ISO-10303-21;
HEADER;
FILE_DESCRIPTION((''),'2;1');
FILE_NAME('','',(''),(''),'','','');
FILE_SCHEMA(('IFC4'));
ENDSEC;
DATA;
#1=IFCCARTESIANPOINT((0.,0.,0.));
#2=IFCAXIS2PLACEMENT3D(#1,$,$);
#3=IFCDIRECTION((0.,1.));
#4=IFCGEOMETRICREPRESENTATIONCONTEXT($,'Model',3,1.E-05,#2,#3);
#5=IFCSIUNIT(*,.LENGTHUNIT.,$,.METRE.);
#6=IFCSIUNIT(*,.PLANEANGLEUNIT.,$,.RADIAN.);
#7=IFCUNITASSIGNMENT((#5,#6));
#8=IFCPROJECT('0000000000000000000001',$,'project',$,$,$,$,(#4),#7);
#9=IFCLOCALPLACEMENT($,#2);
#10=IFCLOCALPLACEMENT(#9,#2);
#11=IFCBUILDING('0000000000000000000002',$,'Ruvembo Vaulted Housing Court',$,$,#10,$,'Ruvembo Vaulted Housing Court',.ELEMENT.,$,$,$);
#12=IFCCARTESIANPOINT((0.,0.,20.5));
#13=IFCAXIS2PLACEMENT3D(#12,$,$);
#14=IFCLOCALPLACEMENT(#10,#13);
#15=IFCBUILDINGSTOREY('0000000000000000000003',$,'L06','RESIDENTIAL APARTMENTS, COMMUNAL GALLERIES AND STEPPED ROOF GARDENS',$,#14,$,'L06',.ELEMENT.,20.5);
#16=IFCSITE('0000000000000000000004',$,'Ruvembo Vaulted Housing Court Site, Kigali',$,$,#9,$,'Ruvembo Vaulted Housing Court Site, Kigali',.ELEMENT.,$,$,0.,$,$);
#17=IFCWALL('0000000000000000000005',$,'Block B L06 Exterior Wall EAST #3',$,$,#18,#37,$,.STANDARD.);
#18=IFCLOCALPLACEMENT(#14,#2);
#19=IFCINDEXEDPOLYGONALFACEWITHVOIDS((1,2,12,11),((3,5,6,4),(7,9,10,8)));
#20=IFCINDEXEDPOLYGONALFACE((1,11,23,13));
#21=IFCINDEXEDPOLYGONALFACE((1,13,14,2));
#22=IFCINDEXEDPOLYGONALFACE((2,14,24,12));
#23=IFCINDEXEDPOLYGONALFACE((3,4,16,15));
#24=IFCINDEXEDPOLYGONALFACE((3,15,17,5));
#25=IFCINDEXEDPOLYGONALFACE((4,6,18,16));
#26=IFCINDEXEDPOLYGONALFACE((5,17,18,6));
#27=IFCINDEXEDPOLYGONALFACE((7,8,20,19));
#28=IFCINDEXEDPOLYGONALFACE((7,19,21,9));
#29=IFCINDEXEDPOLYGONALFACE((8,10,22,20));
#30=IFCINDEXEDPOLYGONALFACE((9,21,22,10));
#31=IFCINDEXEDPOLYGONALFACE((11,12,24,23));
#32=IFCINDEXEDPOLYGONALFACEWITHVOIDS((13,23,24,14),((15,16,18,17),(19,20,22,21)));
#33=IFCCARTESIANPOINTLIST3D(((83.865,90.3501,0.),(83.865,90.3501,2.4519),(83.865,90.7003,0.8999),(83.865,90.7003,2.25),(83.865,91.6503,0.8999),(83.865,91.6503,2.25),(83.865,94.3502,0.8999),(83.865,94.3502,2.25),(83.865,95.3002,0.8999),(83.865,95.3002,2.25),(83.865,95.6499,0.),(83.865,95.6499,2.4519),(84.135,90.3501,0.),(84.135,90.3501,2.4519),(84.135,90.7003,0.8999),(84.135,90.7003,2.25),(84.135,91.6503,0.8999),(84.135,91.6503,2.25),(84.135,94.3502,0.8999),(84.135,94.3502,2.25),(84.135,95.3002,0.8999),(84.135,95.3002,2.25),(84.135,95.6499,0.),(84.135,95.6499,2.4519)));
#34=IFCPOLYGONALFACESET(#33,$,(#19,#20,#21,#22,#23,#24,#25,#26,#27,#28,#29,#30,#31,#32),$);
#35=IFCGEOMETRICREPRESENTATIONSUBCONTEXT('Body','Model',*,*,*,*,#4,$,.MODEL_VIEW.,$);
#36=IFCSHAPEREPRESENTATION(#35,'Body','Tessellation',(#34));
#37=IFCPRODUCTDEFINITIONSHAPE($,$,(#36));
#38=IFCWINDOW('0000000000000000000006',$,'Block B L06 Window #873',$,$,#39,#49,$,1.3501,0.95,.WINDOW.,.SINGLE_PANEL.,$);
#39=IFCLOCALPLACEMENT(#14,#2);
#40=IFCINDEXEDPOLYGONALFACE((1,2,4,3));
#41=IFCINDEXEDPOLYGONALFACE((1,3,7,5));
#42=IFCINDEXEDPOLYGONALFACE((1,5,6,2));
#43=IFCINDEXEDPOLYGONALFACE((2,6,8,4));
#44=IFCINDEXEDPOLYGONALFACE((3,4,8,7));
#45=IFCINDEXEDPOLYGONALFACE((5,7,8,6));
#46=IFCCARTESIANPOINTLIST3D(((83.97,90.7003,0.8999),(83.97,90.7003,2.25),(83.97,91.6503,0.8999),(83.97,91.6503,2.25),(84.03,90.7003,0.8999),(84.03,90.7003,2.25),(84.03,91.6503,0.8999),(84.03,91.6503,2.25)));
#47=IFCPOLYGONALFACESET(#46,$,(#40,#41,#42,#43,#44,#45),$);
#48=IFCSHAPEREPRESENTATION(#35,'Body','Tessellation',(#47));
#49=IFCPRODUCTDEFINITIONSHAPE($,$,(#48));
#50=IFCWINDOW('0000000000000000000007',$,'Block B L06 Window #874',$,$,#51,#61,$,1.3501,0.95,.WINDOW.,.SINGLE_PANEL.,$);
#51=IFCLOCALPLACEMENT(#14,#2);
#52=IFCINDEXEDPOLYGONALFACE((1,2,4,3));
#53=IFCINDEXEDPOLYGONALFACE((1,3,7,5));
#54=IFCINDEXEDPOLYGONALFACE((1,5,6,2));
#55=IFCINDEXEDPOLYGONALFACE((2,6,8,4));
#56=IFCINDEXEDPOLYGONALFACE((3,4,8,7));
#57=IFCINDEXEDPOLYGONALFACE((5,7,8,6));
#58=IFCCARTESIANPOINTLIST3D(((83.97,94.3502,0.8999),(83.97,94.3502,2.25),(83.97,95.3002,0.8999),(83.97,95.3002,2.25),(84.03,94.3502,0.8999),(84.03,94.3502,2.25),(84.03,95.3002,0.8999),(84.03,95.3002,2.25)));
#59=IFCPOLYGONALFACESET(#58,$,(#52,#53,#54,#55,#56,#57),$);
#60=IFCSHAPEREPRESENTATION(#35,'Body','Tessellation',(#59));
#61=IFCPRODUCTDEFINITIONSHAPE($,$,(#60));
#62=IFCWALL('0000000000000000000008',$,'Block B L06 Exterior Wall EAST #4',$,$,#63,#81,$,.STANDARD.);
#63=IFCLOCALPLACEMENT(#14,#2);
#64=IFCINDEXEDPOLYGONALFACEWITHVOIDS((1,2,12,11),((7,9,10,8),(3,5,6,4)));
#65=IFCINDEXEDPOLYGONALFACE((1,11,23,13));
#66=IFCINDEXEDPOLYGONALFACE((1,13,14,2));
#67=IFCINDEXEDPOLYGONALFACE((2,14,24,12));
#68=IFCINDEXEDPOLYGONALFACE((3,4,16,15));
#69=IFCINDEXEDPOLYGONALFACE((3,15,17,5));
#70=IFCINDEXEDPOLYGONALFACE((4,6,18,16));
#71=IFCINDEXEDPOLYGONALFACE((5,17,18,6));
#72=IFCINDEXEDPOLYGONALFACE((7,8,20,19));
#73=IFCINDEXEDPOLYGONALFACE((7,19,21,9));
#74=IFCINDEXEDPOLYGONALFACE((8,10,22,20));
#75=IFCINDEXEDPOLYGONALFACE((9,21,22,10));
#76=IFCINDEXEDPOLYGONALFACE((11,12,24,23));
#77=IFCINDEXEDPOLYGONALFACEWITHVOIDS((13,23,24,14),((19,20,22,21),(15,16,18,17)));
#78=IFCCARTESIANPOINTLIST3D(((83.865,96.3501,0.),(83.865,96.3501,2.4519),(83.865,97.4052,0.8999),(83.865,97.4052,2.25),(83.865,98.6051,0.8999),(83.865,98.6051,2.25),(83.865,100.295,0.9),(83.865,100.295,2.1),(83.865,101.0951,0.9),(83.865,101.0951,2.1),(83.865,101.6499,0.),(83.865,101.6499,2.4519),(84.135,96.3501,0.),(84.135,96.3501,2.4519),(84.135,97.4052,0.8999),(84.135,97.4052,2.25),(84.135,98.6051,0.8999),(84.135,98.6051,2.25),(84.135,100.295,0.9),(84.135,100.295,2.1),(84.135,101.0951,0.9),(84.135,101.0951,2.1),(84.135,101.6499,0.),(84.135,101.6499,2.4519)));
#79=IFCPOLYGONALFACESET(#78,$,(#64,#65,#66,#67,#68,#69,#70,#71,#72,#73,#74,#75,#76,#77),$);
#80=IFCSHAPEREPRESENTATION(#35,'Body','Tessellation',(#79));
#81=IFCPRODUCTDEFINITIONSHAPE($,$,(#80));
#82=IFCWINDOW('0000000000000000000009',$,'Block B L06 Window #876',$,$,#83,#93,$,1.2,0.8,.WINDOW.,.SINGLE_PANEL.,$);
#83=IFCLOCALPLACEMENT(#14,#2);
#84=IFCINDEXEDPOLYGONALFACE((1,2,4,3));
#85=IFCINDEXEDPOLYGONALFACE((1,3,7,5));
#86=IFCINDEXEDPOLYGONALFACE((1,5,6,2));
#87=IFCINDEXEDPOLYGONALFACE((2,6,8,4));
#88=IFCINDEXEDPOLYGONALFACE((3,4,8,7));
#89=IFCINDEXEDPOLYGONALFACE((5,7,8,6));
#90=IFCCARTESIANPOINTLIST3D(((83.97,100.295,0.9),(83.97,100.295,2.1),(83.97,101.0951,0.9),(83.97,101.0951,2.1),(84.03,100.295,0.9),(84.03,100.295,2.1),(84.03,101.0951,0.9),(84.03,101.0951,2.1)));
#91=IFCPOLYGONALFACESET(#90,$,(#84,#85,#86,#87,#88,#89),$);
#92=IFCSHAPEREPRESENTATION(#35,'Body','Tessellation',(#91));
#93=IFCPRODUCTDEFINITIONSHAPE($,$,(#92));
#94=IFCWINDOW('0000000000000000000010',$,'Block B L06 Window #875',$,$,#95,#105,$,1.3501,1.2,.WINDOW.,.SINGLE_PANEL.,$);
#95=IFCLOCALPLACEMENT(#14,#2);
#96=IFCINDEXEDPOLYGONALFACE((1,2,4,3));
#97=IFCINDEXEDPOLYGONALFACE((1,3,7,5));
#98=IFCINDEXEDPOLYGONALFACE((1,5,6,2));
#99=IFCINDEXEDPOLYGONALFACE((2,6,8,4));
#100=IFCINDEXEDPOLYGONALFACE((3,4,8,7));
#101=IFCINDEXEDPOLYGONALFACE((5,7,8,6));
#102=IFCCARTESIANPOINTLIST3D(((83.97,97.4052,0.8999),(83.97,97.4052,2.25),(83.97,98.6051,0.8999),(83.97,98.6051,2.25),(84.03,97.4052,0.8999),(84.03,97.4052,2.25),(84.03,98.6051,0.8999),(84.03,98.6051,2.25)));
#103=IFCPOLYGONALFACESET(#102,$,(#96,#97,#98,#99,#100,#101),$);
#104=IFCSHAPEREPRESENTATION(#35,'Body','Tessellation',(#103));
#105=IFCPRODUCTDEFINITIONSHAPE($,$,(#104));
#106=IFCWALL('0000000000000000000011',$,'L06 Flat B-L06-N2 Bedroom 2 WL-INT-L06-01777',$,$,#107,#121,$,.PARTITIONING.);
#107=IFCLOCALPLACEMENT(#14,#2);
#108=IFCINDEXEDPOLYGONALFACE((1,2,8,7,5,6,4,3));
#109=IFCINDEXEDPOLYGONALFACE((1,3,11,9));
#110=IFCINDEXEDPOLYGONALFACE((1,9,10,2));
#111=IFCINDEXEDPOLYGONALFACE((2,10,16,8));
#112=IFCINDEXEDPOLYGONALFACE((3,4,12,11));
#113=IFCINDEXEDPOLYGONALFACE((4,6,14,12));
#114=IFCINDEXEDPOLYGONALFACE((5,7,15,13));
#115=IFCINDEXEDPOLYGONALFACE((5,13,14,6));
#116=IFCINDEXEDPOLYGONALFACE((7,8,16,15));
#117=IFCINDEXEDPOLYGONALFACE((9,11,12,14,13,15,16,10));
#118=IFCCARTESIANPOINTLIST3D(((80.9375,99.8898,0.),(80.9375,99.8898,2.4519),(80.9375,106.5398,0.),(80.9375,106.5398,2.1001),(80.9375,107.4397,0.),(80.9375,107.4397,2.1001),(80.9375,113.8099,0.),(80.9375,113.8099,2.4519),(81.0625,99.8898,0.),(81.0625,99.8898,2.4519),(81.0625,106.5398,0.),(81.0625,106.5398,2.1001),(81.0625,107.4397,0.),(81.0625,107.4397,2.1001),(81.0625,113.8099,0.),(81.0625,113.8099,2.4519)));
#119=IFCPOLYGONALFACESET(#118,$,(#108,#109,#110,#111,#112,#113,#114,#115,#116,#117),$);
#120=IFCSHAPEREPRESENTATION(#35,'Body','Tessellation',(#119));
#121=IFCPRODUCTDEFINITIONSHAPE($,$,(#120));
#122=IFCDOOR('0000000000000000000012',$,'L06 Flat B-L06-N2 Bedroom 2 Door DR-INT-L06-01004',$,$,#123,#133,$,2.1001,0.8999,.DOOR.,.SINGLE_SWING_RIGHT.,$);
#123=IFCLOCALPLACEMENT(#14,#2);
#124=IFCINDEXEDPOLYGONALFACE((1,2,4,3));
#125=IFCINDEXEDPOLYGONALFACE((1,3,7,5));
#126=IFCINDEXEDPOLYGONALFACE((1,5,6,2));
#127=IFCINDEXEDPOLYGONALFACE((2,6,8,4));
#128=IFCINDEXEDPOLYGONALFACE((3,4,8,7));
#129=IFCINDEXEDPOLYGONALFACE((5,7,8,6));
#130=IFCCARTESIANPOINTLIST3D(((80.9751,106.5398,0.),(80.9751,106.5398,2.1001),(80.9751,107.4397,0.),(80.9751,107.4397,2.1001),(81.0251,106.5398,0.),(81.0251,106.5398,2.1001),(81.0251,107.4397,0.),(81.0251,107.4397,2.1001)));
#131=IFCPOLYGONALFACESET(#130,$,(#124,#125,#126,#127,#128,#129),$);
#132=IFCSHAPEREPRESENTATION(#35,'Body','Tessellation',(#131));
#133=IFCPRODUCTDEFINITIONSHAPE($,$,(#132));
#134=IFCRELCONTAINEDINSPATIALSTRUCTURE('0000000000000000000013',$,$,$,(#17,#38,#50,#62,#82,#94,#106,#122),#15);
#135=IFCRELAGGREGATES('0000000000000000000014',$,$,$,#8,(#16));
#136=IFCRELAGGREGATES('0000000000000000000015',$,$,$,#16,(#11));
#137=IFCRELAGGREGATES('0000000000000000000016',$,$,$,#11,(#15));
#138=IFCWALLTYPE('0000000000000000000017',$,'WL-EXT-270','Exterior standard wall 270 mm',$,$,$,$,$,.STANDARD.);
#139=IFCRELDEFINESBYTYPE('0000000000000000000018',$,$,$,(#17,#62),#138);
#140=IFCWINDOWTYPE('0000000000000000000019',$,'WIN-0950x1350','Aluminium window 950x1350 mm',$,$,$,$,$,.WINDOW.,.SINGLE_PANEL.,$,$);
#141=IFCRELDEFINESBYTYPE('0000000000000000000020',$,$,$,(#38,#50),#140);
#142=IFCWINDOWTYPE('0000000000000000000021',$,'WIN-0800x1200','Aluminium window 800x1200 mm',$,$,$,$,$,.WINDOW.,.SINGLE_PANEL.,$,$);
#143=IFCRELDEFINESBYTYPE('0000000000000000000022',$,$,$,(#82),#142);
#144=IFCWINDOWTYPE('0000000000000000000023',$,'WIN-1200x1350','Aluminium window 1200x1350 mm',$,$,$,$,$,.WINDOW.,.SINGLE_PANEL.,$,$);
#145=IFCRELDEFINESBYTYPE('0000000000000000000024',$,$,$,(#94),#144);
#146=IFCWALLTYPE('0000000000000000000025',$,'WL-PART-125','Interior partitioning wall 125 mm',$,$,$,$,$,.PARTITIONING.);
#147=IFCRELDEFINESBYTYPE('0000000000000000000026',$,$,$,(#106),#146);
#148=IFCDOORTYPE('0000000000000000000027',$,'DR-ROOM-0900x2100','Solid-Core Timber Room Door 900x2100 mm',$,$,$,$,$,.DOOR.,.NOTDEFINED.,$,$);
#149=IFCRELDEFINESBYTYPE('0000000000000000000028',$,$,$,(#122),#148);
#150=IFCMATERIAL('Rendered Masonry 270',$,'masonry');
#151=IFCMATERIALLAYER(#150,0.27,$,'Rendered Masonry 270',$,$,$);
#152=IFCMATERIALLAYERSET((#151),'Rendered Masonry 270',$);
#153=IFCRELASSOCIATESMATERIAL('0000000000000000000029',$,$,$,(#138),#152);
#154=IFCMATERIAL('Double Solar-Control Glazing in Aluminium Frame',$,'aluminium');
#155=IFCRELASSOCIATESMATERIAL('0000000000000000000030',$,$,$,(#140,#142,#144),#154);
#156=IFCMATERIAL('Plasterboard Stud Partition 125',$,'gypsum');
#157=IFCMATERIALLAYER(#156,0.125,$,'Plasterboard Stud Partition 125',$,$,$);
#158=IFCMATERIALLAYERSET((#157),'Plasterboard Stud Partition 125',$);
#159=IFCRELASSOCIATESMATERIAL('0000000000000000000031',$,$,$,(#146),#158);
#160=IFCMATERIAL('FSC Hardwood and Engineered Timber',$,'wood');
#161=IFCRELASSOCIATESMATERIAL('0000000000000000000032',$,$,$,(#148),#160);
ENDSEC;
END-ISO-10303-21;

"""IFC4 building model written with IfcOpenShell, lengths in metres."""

from ifc_helpers import new_model, si_unit, direction, frame, frame_2d, origin, place, context, subcontext, project, spatial, rectangle, extrude, material, layer, layer_set, type_object, element, fill, save


model = new_model("IFC4")

# Units and contexts
model_context = context("Model", 3, precision=1e-05, world=origin(), true_north=direction((0.0, 1.0)))
body_context = subcontext(model_context, "Body", "Model", "MODEL_VIEW")
ifc_project = project(units=[si_unit("LENGTHUNIT", "METRE"), si_unit("PLANEANGLEUNIT", "RADIAN")], contexts=[model_context])

# Site, building, storey
site_placement = place(None, origin())
site = spatial("IfcSite", under=ifc_project, at=site_placement, Name="Ruvembo Vaulted Housing Court Site, Kigali", LongName="Ruvembo Vaulted Housing Court Site, Kigali", CompositionType="ELEMENT", RefElevation=0.0)
building_placement = place(site_placement, origin())
building = spatial("IfcBuilding", under=site, at=building_placement, Name="Ruvembo Vaulted Housing Court", LongName="Ruvembo Vaulted Housing Court", CompositionType="ELEMENT")
storey_placement = place(building_placement, frame((0.0, 0.0, 20.5)))
storey = spatial("IfcBuildingStorey", under=building, at=storey_placement, Name="L06", Description="RESIDENTIAL APARTMENTS, COMMUNAL GALLERIES AND STEPPED ROOF GARDENS", LongName="L06", CompositionType="ELEMENT", Elevation=20.5)

# Walls, openings, windows
ifc_material_1 = material(Name="Rendered Masonry 270", Category="masonry")
ifc_layer_1 = layer(ifc_material_1, 0.27, Name="Rendered Masonry 270")
ifc_layer_set_1 = layer_set([ifc_layer_1], Name="Rendered Masonry 270")
wall_type_1 = type_object("IfcWallType", Name="WL-EXT-270", Description="Exterior standard wall 270 mm", PredefinedType="STANDARD", material=ifc_layer_set_1)
wall_1_placement = place(storey_placement, frame((84.0, 90.3501, 0.0), z_axis=(0.0, 0.0, 1.0), x_axis=(0.0, 1.0, 0.0)))
wall_1 = element("IfcWall", 1, at=wall_1_placement, inside=storey, type_object=wall_type_1, Name="Block B L06 Exterior Wall EAST #3", PredefinedType="STANDARD", context=body_context, shape_type="SweptSolid", body=[
    extrude(rectangle(XDim=5.2998, YDim=0.27, at=frame_2d((2.6499, 0.0))), origin(), (0.0, 0.0, 1.0), 2.4519),
])
opening_1_placement = place(wall_1_placement, frame((0.3501, 0.0, 0.8999)))
opening_1 = element("IfcOpeningElement", 2, at=opening_1_placement, cuts=wall_1, PredefinedType="OPENING", context=body_context, shape_type="SweptSolid", body=[
    extrude(rectangle(XDim=0.95, YDim=1.3501, at=frame_2d((0.4751, 0.675))), frame((0.0, 0.145, 0.0), z_axis=(0.0, -1.0, 0.0), x_axis=(1.0, 0.0, 0.0)), (0.0, 0.0, 1.0), 0.29),
])
opening_2_placement = place(wall_1_placement, frame((4.0, 0.0, 0.8999)))
opening_2 = element("IfcOpeningElement", 3, at=opening_2_placement, cuts=wall_1, PredefinedType="OPENING", context=body_context, shape_type="SweptSolid", body=[
    extrude(rectangle(XDim=0.95, YDim=1.3501, at=frame_2d((0.4751, 0.675))), frame((0.0, 0.145, 0.0), z_axis=(0.0, -1.0, 0.0), x_axis=(1.0, 0.0, 0.0)), (0.0, 0.0, 1.0), 0.29),
])
ifc_material_2 = material(Name="Double Solar-Control Glazing in Aluminium Frame", Category="aluminium")
window_type_1 = type_object("IfcWindowType", Name="WIN-0950x1350", Description="Aluminium window 950x1350 mm", PartitioningType="SINGLE_PANEL", PredefinedType="WINDOW", material=ifc_material_2)
window_1_placement = place(opening_1_placement, origin())
window_1 = element("IfcWindow", 4, at=window_1_placement, inside=storey, type_object=window_type_1, Name="Block B L06 Window #873", OverallHeight=1.3501, OverallWidth=0.95, PartitioningType="SINGLE_PANEL", PredefinedType="WINDOW", context=body_context, shape_type="SweptSolid", body=[
    extrude(rectangle(XDim=0.95, YDim=1.3501, at=frame_2d((0.4751, 0.675))), frame((0.0, 0.03, 0.0), z_axis=(0.0, -1.0, 0.0), x_axis=(1.0, 0.0, 0.0)), (0.0, 0.0, 1.0), 0.0601),
])
fill(opening_1, window_1)
window_2_placement = place(opening_2_placement, origin())
window_2 = element("IfcWindow", 5, at=window_2_placement, inside=storey, type_object=window_type_1, Name="Block B L06 Window #874", OverallHeight=1.3501, OverallWidth=0.95, PartitioningType="SINGLE_PANEL", PredefinedType="WINDOW", context=body_context, shape_type="SweptSolid", body=[
    extrude(rectangle(XDim=0.95, YDim=1.3501, at=frame_2d((0.4751, 0.675))), frame((0.0, 0.03, 0.0), z_axis=(0.0, -1.0, 0.0), x_axis=(1.0, 0.0, 0.0)), (0.0, 0.0, 1.0), 0.0601),
])
fill(opening_2, window_2)
wall_2_placement = place(storey_placement, frame((84.0, 96.3501, 0.0), z_axis=(0.0, 0.0, 1.0), x_axis=(0.0, 1.0, 0.0)))
wall_2 = element("IfcWall", 6, at=wall_2_placement, inside=storey, type_object=wall_type_1, Name="Block B L06 Exterior Wall EAST #4", PredefinedType="STANDARD", context=body_context, shape_type="SweptSolid", body=[
    extrude(rectangle(XDim=5.2998, YDim=0.27, at=frame_2d((2.6499, 0.0))), origin(), (0.0, 0.0, 1.0), 2.4519),
])
opening_3_placement = place(wall_2_placement, frame((1.0549, 0.0, 0.8999)))
opening_3 = element("IfcOpeningElement", 7, at=opening_3_placement, cuts=wall_2, PredefinedType="OPENING", context=body_context, shape_type="SweptSolid", body=[
    extrude(rectangle(XDim=1.2, YDim=1.3501, at=frame_2d((0.6001, 0.675))), frame((0.0, 0.145, 0.0), z_axis=(0.0, -1.0, 0.0), x_axis=(1.0, 0.0, 0.0)), (0.0, 0.0, 1.0), 0.29),
])
opening_4_placement = place(wall_2_placement, frame((3.9451, 0.0, 0.8999)))
opening_4 = element("IfcOpeningElement", 8, at=opening_4_placement, cuts=wall_2, PredefinedType="OPENING", context=body_context, shape_type="SweptSolid", body=[
    extrude(rectangle(XDim=0.8, YDim=1.2, at=frame_2d((0.3999, 0.6001))), frame((0.0, 0.145, 0.0), z_axis=(0.0, -1.0, 0.0), x_axis=(1.0, 0.0, 0.0)), (0.0, 0.0, 1.0), 0.29),
])
window_type_2 = type_object("IfcWindowType", Name="WIN-0800x1200", Description="Aluminium window 800x1200 mm", PartitioningType="SINGLE_PANEL", PredefinedType="WINDOW", material=ifc_material_2)
window_3_placement = place(opening_4_placement, origin())
window_3 = element("IfcWindow", 9, at=window_3_placement, inside=storey, type_object=window_type_2, Name="Block B L06 Window #876", OverallHeight=1.2, OverallWidth=0.8, PartitioningType="SINGLE_PANEL", PredefinedType="WINDOW", context=body_context, shape_type="SweptSolid", body=[
    extrude(rectangle(XDim=0.8, YDim=1.2, at=frame_2d((0.3999, 0.6001))), frame((0.0, 0.03, 0.0), z_axis=(0.0, -1.0, 0.0), x_axis=(1.0, 0.0, 0.0)), (0.0, 0.0, 1.0), 0.0601),
])
fill(opening_4, window_3)
window_type_3 = type_object("IfcWindowType", Name="WIN-1200x1350", Description="Aluminium window 1200x1350 mm", PartitioningType="SINGLE_PANEL", PredefinedType="WINDOW", material=ifc_material_2)
window_4_placement = place(opening_3_placement, origin())
window_4 = element("IfcWindow", 10, at=window_4_placement, inside=storey, type_object=window_type_3, Name="Block B L06 Window #875", OverallHeight=1.3501, OverallWidth=1.2, PartitioningType="SINGLE_PANEL", PredefinedType="WINDOW", context=body_context, shape_type="SweptSolid", body=[
    extrude(rectangle(XDim=1.2, YDim=1.3501, at=frame_2d((0.6001, 0.675))), frame((0.0, 0.03, 0.0), z_axis=(0.0, -1.0, 0.0), x_axis=(1.0, 0.0, 0.0)), (0.0, 0.0, 1.0), 0.0601),
])
fill(opening_3, window_4)

# Wall, opening, door
ifc_material_3 = material(Name="Plasterboard Stud Partition 125", Category="gypsum")
ifc_layer_2 = layer(ifc_material_3, 0.125, Name="Plasterboard Stud Partition 125")
ifc_layer_set_2 = layer_set([ifc_layer_2], Name="Plasterboard Stud Partition 125")
wall_type_2 = type_object("IfcWallType", Name="WL-PART-125", Description="Interior partitioning wall 125 mm", PredefinedType="PARTITIONING", material=ifc_layer_set_2)
wall_3_placement = place(storey_placement, frame((81.0, 99.8899, 0.0), z_axis=(0.0, 0.0, 1.0), x_axis=(0.0, 1.0, 0.0)))
wall_3 = element("IfcWall", 11, at=wall_3_placement, inside=storey, type_object=wall_type_2, Name="L06 Flat B-L06-N2 Bedroom 2 WL-INT-L06-01777", PredefinedType="PARTITIONING", context=body_context, shape_type="SweptSolid", body=[
    extrude(rectangle(XDim=13.9202, YDim=0.125, at=frame_2d((6.96, 0.0))), origin(), (0.0, 0.0, 1.0), 2.4519),
])
opening_5_placement = place(wall_3_placement, frame((6.6499, 0.0, 0.0)))
opening_5 = element("IfcOpeningElement", 12, at=opening_5_placement, cuts=wall_3, PredefinedType="OPENING", context=body_context, shape_type="SweptSolid", body=[
    extrude(rectangle(XDim=0.8999, YDim=2.1001, at=frame_2d((0.45, 1.05))), frame((0.0, 0.0725, 0.0), z_axis=(0.0, -1.0, 0.0), x_axis=(1.0, 0.0, 0.0)), (0.0, 0.0, 1.0), 0.145),
])
ifc_material_4 = material(Name="FSC Hardwood and Engineered Timber", Category="wood")
door_type = type_object("IfcDoorType", Name="DR-ROOM-0900x2100", Description="Solid-Core Timber Room Door 900x2100 mm", OperationType="NOTDEFINED", PredefinedType="DOOR", material=ifc_material_4)
door_placement = place(opening_5_placement, origin())
door = element("IfcDoor", 13, at=door_placement, inside=storey, type_object=door_type, Name="L06 Flat B-L06-N2 Bedroom 2 Door DR-INT-L06-01004", OperationType="SINGLE_SWING_RIGHT", OverallHeight=2.1001, OverallWidth=0.8999, PredefinedType="DOOR", context=body_context, shape_type="SweptSolid", body=[
    extrude(rectangle(XDim=0.8999, YDim=2.1001, at=frame_2d((0.45, 1.05))), frame((0.0, 0.0249, 0.0), z_axis=(0.0, -1.0, 0.0), x_axis=(1.0, 0.0, 0.0)), (0.0, 0.0, 1.0), 0.05),
])
fill(opening_5, door)

save(model, "model.ifc")
